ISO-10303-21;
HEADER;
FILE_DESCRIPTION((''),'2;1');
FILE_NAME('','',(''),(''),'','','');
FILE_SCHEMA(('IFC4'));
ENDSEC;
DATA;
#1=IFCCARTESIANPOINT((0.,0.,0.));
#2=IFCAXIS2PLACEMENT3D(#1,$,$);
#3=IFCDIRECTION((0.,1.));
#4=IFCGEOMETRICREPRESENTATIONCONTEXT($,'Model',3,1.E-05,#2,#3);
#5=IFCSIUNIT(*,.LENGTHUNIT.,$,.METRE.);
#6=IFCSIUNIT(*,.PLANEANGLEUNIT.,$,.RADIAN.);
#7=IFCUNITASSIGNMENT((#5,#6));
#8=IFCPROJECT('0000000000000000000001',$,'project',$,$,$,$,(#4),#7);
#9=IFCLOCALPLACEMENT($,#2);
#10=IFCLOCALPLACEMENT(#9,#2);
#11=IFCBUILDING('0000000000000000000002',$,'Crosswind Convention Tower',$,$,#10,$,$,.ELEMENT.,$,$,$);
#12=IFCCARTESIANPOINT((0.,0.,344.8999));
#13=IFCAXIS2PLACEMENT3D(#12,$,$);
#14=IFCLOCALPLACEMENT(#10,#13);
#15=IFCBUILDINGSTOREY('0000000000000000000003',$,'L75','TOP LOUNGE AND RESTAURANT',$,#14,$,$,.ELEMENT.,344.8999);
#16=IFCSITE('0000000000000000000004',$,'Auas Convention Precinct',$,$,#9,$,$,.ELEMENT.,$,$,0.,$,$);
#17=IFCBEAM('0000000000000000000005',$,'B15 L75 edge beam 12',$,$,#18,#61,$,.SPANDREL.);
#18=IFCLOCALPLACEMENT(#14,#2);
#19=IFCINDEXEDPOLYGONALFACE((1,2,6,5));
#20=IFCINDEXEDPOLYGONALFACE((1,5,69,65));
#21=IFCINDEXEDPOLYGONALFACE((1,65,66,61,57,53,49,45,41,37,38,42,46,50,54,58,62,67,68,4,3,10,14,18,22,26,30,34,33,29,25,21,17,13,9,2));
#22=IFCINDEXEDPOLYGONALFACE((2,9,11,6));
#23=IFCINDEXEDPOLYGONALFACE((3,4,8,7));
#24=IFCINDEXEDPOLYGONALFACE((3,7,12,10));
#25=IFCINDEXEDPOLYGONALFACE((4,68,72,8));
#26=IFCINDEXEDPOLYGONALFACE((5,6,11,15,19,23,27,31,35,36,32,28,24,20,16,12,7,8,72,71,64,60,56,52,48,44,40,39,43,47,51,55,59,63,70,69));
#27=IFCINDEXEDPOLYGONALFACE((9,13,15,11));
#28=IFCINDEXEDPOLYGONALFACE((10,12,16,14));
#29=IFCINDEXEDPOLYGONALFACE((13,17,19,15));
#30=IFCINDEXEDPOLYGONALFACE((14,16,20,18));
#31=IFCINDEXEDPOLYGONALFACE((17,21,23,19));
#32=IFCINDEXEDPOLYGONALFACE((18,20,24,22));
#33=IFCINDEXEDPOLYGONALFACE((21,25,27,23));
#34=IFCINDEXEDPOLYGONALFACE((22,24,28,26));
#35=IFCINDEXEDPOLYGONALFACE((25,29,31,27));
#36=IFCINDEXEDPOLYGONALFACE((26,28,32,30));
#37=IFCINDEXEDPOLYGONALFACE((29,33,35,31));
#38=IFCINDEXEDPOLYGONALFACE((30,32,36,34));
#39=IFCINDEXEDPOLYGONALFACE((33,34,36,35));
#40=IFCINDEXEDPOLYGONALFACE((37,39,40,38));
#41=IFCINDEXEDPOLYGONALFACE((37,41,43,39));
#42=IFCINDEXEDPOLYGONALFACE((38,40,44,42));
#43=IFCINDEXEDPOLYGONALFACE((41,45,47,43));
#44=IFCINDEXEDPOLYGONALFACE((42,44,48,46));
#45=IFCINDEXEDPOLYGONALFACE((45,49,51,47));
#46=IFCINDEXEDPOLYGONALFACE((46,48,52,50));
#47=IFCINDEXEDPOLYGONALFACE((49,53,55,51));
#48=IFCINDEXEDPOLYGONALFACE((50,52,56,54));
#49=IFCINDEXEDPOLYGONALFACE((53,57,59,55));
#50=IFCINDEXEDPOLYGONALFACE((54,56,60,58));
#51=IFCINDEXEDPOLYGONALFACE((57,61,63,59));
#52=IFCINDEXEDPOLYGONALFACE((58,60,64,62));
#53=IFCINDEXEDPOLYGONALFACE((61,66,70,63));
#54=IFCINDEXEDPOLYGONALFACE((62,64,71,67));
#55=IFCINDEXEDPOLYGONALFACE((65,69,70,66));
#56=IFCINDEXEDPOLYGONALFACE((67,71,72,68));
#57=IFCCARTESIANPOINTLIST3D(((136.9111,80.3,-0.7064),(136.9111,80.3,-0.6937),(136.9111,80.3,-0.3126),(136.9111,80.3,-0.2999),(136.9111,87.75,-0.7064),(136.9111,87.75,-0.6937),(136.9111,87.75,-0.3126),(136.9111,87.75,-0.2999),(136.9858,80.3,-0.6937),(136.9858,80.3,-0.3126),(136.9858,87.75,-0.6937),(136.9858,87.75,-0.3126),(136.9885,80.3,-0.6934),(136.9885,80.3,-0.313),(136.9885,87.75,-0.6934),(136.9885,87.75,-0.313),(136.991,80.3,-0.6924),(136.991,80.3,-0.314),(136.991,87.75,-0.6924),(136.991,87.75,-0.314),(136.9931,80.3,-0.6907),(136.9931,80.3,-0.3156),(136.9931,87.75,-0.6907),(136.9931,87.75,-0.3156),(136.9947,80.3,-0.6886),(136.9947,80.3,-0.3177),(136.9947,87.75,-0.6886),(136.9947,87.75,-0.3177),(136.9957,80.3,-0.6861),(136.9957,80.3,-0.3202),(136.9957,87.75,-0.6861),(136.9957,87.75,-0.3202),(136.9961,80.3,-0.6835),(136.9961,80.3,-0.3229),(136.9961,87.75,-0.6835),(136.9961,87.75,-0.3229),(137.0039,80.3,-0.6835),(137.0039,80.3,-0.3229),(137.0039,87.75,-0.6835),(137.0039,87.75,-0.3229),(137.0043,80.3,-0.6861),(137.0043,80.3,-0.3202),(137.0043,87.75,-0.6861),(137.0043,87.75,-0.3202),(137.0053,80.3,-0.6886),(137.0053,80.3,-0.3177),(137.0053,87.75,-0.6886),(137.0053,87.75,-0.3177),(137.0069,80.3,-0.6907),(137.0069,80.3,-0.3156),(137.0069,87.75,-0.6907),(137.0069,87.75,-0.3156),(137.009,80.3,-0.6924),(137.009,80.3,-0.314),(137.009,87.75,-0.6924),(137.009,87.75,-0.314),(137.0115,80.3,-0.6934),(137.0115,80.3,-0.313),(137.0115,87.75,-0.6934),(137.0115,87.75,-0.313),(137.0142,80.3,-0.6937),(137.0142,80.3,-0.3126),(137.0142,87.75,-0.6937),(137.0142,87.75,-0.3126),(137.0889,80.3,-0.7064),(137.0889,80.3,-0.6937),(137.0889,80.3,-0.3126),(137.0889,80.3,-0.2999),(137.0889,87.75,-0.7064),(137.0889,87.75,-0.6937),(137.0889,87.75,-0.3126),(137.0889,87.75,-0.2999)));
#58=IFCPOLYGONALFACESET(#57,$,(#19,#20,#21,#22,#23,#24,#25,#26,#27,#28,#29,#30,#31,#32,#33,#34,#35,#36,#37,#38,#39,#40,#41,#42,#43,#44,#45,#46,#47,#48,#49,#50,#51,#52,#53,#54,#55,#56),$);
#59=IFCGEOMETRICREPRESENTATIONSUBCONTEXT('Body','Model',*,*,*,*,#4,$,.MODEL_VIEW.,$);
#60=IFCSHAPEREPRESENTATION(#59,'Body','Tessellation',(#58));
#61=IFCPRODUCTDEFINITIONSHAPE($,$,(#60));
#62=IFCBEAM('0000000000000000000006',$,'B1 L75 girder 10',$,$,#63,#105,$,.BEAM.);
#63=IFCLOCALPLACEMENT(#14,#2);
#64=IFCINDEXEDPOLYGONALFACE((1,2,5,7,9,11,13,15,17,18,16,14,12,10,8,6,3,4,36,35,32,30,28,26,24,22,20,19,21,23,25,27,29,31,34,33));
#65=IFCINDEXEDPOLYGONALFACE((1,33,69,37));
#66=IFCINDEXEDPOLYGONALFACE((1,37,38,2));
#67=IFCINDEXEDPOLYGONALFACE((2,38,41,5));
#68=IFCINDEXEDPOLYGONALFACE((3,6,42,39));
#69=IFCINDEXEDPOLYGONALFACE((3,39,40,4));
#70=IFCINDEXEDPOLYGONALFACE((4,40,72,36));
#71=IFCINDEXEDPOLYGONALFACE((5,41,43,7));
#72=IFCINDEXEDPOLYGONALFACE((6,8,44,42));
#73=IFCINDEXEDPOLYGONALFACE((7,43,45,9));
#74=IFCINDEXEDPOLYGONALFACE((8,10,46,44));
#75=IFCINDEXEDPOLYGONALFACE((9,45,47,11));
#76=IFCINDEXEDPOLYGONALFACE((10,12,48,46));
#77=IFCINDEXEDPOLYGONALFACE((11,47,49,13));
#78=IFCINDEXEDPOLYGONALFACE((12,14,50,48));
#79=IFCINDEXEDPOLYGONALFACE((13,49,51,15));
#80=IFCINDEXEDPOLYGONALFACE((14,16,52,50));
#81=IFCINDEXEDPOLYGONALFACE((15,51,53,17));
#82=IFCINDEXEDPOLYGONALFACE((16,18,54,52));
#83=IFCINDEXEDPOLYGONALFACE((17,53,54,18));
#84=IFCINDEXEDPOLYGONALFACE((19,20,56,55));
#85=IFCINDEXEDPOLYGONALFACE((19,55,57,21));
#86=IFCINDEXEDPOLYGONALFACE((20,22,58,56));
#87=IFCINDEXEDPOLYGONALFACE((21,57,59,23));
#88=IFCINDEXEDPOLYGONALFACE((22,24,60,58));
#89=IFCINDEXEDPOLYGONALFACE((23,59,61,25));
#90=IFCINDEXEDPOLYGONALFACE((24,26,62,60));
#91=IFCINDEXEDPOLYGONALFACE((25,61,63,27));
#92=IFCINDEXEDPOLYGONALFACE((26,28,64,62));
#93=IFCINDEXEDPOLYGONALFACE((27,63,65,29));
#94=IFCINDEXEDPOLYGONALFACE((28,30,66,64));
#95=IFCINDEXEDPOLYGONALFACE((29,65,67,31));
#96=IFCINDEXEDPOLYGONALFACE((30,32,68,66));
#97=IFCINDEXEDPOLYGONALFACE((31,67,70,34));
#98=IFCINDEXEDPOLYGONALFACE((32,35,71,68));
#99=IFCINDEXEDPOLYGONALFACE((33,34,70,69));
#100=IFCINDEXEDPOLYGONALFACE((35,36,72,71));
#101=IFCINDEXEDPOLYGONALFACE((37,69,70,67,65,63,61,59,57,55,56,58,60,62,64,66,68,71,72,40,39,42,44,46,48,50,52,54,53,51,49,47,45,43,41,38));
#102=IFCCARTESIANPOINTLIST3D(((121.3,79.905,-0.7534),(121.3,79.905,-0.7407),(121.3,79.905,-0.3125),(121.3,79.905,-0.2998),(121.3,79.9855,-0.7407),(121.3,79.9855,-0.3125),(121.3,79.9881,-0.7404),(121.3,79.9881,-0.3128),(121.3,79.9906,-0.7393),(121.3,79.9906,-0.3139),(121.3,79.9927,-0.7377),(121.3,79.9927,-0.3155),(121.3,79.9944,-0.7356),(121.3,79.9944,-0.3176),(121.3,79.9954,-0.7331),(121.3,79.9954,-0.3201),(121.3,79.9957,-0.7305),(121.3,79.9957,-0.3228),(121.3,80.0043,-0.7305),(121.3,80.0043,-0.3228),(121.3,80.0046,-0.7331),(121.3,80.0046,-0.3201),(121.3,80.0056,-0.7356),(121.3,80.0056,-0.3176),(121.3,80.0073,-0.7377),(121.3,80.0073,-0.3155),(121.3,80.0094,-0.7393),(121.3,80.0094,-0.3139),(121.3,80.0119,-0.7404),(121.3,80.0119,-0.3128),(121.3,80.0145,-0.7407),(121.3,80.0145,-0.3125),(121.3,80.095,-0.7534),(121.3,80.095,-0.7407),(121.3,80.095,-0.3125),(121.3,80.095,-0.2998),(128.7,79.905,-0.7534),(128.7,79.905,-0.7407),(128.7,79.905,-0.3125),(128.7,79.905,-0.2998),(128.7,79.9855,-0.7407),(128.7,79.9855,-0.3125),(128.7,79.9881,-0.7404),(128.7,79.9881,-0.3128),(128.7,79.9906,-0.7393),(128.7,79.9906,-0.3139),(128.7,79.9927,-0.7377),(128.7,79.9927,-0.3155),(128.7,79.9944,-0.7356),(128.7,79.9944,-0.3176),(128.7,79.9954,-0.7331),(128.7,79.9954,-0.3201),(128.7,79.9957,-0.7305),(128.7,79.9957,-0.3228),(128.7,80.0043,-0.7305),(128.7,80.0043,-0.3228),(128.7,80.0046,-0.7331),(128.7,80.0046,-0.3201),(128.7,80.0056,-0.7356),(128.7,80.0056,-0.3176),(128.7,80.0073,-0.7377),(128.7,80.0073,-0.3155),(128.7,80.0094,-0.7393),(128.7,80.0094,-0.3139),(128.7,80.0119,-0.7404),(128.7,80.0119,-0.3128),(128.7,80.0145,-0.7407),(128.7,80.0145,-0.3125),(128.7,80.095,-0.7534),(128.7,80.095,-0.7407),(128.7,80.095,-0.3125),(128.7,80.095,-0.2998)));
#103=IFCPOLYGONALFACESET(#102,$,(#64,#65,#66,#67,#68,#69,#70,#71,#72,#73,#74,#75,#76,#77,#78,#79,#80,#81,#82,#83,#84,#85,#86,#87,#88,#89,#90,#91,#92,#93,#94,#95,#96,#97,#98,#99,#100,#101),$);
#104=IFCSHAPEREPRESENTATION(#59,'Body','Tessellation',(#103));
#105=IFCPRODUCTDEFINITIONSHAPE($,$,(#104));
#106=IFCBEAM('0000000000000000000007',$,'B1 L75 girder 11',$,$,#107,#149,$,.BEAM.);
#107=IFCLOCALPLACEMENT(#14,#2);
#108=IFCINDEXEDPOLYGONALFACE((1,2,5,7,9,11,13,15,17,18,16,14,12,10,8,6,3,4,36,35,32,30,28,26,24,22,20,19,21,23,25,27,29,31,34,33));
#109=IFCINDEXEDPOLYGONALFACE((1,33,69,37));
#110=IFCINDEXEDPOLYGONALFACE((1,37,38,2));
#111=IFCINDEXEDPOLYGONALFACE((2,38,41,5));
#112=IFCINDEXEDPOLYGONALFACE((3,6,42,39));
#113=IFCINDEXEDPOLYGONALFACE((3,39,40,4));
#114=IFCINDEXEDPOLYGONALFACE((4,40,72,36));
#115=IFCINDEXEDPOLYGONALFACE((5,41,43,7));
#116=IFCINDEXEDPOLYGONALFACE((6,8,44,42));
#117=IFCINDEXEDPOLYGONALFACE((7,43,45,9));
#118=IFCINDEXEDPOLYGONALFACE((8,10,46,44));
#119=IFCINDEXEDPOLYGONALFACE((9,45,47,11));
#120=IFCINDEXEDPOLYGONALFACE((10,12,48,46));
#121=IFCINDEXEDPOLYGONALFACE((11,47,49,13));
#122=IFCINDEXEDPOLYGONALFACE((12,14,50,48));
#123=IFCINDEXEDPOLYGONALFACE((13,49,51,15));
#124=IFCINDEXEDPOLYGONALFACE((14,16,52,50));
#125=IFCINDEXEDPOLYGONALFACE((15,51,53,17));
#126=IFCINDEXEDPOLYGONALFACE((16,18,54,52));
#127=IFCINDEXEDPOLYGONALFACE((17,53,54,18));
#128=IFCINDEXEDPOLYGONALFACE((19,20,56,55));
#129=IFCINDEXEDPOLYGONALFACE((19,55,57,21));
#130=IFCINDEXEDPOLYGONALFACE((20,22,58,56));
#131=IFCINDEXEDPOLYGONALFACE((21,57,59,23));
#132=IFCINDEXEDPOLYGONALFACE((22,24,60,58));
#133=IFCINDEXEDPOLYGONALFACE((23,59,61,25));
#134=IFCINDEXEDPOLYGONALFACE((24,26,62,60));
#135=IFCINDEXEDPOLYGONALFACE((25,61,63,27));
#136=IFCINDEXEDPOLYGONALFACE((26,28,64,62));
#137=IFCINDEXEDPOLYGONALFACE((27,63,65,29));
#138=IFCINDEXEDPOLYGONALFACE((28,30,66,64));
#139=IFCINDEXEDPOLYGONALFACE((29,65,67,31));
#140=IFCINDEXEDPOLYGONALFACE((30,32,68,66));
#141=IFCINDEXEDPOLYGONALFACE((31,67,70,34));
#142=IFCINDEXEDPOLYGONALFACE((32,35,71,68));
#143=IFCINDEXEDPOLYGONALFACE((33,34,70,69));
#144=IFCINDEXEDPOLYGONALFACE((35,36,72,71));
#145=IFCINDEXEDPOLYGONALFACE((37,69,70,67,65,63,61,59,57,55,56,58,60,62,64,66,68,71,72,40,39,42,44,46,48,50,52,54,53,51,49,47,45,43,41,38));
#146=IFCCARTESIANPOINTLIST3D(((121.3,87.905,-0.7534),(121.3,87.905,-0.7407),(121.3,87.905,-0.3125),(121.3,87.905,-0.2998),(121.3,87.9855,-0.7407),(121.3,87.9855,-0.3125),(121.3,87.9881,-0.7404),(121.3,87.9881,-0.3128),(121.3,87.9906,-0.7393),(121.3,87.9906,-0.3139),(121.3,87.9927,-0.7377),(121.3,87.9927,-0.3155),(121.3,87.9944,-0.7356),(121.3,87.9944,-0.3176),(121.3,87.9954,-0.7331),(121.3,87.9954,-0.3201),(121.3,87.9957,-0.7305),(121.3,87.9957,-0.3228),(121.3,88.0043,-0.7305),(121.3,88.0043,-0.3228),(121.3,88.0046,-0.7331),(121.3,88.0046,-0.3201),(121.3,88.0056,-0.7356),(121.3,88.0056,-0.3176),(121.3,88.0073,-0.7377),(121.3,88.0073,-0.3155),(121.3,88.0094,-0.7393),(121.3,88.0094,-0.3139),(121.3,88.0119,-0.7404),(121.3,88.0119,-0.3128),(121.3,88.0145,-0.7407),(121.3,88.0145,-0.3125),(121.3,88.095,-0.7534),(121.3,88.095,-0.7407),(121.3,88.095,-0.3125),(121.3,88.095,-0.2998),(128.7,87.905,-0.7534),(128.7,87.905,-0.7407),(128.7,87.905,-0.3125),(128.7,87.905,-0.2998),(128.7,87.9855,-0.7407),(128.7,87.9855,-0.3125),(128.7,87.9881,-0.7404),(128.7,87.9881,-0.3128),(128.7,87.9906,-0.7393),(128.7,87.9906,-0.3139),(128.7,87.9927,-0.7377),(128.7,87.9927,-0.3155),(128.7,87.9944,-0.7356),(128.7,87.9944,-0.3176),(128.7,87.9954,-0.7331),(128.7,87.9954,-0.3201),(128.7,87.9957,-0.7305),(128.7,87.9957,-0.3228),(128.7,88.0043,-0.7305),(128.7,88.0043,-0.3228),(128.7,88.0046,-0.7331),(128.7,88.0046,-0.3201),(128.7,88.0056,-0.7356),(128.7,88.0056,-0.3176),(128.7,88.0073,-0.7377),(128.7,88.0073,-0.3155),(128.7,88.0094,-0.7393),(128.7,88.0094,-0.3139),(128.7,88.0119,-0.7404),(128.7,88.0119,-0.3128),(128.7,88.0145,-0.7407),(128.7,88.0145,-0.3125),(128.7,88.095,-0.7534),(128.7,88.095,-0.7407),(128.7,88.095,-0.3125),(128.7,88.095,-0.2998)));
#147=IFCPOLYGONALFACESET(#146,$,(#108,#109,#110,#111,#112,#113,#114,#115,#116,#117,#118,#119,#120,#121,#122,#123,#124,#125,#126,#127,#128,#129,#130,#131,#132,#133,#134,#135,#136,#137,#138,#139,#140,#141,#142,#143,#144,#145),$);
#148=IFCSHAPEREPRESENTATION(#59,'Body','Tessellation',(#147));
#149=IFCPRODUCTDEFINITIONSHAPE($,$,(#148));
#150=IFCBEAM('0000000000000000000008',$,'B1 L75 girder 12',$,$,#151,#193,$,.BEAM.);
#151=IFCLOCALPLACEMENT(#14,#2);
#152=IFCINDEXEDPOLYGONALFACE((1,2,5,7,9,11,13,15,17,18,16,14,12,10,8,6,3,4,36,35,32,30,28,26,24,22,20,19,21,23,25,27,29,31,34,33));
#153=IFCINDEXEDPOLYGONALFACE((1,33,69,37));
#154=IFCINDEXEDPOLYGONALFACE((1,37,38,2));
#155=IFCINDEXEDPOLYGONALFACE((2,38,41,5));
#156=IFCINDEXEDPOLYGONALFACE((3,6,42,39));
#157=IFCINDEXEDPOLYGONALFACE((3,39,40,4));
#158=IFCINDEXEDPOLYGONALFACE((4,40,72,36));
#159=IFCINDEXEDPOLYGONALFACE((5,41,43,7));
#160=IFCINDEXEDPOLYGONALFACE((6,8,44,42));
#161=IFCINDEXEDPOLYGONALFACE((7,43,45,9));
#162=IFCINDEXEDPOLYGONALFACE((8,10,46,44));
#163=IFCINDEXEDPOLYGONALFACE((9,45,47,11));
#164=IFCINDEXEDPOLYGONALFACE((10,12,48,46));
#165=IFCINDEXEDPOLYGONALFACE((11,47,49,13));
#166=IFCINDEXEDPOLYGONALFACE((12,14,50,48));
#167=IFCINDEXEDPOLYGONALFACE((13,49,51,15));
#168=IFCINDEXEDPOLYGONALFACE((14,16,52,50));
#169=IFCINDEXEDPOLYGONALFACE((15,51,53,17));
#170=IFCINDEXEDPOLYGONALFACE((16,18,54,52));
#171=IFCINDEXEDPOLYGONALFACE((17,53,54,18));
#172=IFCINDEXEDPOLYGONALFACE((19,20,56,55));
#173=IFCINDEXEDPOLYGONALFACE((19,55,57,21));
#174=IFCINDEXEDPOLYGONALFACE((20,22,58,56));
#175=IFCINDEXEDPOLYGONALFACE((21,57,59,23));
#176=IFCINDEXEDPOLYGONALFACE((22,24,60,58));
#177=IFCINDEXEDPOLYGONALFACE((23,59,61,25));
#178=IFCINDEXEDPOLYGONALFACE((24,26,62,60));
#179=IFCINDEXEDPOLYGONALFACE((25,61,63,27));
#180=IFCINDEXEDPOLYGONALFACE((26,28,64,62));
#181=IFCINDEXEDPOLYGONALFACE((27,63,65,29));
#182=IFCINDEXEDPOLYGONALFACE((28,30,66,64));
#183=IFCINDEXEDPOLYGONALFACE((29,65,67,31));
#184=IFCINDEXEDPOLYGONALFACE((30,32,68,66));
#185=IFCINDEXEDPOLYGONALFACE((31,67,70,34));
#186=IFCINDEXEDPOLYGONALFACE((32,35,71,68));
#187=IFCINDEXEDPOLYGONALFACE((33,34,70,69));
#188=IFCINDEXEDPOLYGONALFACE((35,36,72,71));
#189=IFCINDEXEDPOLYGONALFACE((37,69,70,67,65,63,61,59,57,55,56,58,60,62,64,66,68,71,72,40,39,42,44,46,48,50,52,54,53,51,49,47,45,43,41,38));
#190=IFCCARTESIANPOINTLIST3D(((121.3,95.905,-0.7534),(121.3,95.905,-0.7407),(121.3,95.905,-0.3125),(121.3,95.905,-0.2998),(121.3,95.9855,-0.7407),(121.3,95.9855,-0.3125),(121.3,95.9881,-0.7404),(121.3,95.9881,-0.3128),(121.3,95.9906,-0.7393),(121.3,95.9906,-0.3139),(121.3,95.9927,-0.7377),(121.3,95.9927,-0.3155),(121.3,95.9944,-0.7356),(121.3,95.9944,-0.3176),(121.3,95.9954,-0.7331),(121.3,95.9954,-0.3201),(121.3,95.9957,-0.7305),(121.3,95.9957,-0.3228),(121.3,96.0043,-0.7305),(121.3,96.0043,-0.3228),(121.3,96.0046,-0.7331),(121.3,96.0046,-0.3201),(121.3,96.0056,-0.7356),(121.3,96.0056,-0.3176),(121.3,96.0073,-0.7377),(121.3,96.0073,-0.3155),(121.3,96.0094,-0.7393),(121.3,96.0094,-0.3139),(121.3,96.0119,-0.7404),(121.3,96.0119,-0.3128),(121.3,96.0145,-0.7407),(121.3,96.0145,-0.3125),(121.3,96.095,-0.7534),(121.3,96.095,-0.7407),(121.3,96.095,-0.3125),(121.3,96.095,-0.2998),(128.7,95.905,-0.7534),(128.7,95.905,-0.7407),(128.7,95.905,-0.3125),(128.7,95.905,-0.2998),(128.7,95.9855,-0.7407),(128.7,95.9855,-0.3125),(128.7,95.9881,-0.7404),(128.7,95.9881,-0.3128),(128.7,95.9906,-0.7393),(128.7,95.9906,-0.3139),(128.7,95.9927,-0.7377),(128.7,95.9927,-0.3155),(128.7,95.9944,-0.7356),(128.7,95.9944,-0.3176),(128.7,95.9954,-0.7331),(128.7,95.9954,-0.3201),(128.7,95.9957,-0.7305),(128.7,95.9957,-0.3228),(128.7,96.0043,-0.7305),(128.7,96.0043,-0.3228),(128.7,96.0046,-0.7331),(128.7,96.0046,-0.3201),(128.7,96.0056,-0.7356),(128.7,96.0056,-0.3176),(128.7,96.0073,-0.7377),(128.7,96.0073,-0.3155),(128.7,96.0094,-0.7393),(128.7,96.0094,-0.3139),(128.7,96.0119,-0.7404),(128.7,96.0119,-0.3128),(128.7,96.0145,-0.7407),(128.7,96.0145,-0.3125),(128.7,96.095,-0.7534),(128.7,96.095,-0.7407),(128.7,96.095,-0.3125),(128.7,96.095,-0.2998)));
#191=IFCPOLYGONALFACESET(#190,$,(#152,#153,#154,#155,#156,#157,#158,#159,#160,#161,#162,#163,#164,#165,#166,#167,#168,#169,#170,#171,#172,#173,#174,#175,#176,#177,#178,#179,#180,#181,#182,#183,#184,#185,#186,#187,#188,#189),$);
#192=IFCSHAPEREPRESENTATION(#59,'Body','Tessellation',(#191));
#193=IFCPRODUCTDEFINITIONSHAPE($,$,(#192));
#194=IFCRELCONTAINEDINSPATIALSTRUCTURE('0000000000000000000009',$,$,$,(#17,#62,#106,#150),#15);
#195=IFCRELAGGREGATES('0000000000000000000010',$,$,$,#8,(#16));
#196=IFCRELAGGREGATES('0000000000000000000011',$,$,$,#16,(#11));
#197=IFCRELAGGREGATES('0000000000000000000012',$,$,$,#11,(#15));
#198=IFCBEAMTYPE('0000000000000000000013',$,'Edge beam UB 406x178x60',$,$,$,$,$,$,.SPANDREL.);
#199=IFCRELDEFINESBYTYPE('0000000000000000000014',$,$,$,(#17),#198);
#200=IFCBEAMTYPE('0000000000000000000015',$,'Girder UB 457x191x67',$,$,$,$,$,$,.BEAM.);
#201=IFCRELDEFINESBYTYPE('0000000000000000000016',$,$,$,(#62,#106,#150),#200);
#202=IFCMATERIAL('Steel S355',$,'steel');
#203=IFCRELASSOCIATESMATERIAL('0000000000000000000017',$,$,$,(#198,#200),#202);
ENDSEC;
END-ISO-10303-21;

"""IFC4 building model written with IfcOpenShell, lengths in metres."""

from ifc_helpers import new_model, si_unit, direction, frame, origin, origin_2d, place, context, subcontext, project, spatial, i_section, extrude, material, material_profile, profile_set, type_object, element, save


model = new_model("IFC4")

# Units and contexts
model_context = context("Model", 3, precision=1e-05, world=origin(), true_north=direction((0.0, 1.0)))
body_context = subcontext(model_context, "Body", "Model", "MODEL_VIEW")
ifc_project = project(units=[si_unit("LENGTHUNIT", "METRE"), si_unit("PLANEANGLEUNIT", "RADIAN")], contexts=[model_context])

# Site, building, storey
site_placement = place(None, origin())
site = spatial("IfcSite", under=ifc_project, at=site_placement, Name="Auas Convention Precinct", CompositionType="ELEMENT", RefElevation=0.0)
building_placement = place(site_placement, origin())
building = spatial("IfcBuilding", under=site, at=building_placement, Name="Crosswind Convention Tower", CompositionType="ELEMENT")
storey_placement = place(building_placement, frame((0.0, 0.0, 344.8999)))
storey = spatial("IfcBuildingStorey", under=building, at=storey_placement, Name="L75", Description="TOP LOUNGE AND RESTAURANT", CompositionType="ELEMENT", Elevation=344.8999)

# Beams
ifc_material_1 = material(Name="Steel S355", Category="steel")
ifc_material_profile_1 = material_profile(ifc_material_1, i_section(OverallWidth=0.1777, OverallDepth=0.4065, WebThickness=0.0078, FlangeThickness=0.0127, FilletRadius=0.0103, at=origin_2d()), Name="UB 406x178x60")
ifc_profile_set_1 = profile_set([ifc_material_profile_1], Name="Steel S355")
beam_type_1 = type_object("IfcBeamType", Name="Edge beam UB 406x178x60", PredefinedType="SPANDREL", material=ifc_profile_set_1)
beam_1_placement = place(storey_placement, frame((137.0, 80.3, -0.5032), z_axis=(0.0, 1.0, 0.0), x_axis=(-1.0, 0.0, 0.0)))
element("IfcBeam", 1, at=beam_1_placement, inside=storey, type_object=beam_type_1, Name="B15 L75 edge beam 12", PredefinedType="SPANDREL", context=body_context, shape_type="SweptSolid", body=[
    extrude(i_section(OverallWidth=0.1777, OverallDepth=0.4065, WebThickness=0.0078, FlangeThickness=0.0127, FilletRadius=0.0103, at=origin_2d()), origin(), (0.0, 0.0, 1.0), 7.45),
])
ifc_material_profile_2 = material_profile(ifc_material_1, i_section(OverallWidth=0.1899, OverallDepth=0.4536, WebThickness=0.0085, FlangeThickness=0.0127, FilletRadius=0.0103, at=origin_2d()), Name="UB 457x191x67")
ifc_profile_set_2 = profile_set([ifc_material_profile_2], Name="Steel S355")
beam_type_2 = type_object("IfcBeamType", Name="Girder UB 457x191x67", PredefinedType="BEAM", material=ifc_profile_set_2)
for number, where, z_axis, x_axis, name in (
    (2, (121.3, 80.0, -0.5266), (1.0, 0.0, 0.0), (0.0, 1.0, 0.0), "B1 L75 girder 10"),
    (3, (121.3, 88.0, -0.5266), (1.0, 0.0, 0.0), (0.0, 1.0, 0.0), "B1 L75 girder 11"),
    (4, (121.3, 96.0, -0.5266), (1.0, 0.0, 0.0), (0.0, 1.0, 0.0), "B1 L75 girder 12"),
):
    element("IfcBeam", number, at=place(storey_placement, frame(where, z_axis=z_axis, x_axis=x_axis)), inside=storey, type_object=beam_type_2, Name=name, PredefinedType="BEAM", context=body_context, shape_type="SweptSolid", body=[
        extrude(i_section(OverallWidth=0.1899, OverallDepth=0.4536, WebThickness=0.0085, FlangeThickness=0.0127, FilletRadius=0.0103, at=origin_2d()), origin(), (0.0, 0.0, 1.0), 7.3999),
    ])

save(model, "model.ifc")
